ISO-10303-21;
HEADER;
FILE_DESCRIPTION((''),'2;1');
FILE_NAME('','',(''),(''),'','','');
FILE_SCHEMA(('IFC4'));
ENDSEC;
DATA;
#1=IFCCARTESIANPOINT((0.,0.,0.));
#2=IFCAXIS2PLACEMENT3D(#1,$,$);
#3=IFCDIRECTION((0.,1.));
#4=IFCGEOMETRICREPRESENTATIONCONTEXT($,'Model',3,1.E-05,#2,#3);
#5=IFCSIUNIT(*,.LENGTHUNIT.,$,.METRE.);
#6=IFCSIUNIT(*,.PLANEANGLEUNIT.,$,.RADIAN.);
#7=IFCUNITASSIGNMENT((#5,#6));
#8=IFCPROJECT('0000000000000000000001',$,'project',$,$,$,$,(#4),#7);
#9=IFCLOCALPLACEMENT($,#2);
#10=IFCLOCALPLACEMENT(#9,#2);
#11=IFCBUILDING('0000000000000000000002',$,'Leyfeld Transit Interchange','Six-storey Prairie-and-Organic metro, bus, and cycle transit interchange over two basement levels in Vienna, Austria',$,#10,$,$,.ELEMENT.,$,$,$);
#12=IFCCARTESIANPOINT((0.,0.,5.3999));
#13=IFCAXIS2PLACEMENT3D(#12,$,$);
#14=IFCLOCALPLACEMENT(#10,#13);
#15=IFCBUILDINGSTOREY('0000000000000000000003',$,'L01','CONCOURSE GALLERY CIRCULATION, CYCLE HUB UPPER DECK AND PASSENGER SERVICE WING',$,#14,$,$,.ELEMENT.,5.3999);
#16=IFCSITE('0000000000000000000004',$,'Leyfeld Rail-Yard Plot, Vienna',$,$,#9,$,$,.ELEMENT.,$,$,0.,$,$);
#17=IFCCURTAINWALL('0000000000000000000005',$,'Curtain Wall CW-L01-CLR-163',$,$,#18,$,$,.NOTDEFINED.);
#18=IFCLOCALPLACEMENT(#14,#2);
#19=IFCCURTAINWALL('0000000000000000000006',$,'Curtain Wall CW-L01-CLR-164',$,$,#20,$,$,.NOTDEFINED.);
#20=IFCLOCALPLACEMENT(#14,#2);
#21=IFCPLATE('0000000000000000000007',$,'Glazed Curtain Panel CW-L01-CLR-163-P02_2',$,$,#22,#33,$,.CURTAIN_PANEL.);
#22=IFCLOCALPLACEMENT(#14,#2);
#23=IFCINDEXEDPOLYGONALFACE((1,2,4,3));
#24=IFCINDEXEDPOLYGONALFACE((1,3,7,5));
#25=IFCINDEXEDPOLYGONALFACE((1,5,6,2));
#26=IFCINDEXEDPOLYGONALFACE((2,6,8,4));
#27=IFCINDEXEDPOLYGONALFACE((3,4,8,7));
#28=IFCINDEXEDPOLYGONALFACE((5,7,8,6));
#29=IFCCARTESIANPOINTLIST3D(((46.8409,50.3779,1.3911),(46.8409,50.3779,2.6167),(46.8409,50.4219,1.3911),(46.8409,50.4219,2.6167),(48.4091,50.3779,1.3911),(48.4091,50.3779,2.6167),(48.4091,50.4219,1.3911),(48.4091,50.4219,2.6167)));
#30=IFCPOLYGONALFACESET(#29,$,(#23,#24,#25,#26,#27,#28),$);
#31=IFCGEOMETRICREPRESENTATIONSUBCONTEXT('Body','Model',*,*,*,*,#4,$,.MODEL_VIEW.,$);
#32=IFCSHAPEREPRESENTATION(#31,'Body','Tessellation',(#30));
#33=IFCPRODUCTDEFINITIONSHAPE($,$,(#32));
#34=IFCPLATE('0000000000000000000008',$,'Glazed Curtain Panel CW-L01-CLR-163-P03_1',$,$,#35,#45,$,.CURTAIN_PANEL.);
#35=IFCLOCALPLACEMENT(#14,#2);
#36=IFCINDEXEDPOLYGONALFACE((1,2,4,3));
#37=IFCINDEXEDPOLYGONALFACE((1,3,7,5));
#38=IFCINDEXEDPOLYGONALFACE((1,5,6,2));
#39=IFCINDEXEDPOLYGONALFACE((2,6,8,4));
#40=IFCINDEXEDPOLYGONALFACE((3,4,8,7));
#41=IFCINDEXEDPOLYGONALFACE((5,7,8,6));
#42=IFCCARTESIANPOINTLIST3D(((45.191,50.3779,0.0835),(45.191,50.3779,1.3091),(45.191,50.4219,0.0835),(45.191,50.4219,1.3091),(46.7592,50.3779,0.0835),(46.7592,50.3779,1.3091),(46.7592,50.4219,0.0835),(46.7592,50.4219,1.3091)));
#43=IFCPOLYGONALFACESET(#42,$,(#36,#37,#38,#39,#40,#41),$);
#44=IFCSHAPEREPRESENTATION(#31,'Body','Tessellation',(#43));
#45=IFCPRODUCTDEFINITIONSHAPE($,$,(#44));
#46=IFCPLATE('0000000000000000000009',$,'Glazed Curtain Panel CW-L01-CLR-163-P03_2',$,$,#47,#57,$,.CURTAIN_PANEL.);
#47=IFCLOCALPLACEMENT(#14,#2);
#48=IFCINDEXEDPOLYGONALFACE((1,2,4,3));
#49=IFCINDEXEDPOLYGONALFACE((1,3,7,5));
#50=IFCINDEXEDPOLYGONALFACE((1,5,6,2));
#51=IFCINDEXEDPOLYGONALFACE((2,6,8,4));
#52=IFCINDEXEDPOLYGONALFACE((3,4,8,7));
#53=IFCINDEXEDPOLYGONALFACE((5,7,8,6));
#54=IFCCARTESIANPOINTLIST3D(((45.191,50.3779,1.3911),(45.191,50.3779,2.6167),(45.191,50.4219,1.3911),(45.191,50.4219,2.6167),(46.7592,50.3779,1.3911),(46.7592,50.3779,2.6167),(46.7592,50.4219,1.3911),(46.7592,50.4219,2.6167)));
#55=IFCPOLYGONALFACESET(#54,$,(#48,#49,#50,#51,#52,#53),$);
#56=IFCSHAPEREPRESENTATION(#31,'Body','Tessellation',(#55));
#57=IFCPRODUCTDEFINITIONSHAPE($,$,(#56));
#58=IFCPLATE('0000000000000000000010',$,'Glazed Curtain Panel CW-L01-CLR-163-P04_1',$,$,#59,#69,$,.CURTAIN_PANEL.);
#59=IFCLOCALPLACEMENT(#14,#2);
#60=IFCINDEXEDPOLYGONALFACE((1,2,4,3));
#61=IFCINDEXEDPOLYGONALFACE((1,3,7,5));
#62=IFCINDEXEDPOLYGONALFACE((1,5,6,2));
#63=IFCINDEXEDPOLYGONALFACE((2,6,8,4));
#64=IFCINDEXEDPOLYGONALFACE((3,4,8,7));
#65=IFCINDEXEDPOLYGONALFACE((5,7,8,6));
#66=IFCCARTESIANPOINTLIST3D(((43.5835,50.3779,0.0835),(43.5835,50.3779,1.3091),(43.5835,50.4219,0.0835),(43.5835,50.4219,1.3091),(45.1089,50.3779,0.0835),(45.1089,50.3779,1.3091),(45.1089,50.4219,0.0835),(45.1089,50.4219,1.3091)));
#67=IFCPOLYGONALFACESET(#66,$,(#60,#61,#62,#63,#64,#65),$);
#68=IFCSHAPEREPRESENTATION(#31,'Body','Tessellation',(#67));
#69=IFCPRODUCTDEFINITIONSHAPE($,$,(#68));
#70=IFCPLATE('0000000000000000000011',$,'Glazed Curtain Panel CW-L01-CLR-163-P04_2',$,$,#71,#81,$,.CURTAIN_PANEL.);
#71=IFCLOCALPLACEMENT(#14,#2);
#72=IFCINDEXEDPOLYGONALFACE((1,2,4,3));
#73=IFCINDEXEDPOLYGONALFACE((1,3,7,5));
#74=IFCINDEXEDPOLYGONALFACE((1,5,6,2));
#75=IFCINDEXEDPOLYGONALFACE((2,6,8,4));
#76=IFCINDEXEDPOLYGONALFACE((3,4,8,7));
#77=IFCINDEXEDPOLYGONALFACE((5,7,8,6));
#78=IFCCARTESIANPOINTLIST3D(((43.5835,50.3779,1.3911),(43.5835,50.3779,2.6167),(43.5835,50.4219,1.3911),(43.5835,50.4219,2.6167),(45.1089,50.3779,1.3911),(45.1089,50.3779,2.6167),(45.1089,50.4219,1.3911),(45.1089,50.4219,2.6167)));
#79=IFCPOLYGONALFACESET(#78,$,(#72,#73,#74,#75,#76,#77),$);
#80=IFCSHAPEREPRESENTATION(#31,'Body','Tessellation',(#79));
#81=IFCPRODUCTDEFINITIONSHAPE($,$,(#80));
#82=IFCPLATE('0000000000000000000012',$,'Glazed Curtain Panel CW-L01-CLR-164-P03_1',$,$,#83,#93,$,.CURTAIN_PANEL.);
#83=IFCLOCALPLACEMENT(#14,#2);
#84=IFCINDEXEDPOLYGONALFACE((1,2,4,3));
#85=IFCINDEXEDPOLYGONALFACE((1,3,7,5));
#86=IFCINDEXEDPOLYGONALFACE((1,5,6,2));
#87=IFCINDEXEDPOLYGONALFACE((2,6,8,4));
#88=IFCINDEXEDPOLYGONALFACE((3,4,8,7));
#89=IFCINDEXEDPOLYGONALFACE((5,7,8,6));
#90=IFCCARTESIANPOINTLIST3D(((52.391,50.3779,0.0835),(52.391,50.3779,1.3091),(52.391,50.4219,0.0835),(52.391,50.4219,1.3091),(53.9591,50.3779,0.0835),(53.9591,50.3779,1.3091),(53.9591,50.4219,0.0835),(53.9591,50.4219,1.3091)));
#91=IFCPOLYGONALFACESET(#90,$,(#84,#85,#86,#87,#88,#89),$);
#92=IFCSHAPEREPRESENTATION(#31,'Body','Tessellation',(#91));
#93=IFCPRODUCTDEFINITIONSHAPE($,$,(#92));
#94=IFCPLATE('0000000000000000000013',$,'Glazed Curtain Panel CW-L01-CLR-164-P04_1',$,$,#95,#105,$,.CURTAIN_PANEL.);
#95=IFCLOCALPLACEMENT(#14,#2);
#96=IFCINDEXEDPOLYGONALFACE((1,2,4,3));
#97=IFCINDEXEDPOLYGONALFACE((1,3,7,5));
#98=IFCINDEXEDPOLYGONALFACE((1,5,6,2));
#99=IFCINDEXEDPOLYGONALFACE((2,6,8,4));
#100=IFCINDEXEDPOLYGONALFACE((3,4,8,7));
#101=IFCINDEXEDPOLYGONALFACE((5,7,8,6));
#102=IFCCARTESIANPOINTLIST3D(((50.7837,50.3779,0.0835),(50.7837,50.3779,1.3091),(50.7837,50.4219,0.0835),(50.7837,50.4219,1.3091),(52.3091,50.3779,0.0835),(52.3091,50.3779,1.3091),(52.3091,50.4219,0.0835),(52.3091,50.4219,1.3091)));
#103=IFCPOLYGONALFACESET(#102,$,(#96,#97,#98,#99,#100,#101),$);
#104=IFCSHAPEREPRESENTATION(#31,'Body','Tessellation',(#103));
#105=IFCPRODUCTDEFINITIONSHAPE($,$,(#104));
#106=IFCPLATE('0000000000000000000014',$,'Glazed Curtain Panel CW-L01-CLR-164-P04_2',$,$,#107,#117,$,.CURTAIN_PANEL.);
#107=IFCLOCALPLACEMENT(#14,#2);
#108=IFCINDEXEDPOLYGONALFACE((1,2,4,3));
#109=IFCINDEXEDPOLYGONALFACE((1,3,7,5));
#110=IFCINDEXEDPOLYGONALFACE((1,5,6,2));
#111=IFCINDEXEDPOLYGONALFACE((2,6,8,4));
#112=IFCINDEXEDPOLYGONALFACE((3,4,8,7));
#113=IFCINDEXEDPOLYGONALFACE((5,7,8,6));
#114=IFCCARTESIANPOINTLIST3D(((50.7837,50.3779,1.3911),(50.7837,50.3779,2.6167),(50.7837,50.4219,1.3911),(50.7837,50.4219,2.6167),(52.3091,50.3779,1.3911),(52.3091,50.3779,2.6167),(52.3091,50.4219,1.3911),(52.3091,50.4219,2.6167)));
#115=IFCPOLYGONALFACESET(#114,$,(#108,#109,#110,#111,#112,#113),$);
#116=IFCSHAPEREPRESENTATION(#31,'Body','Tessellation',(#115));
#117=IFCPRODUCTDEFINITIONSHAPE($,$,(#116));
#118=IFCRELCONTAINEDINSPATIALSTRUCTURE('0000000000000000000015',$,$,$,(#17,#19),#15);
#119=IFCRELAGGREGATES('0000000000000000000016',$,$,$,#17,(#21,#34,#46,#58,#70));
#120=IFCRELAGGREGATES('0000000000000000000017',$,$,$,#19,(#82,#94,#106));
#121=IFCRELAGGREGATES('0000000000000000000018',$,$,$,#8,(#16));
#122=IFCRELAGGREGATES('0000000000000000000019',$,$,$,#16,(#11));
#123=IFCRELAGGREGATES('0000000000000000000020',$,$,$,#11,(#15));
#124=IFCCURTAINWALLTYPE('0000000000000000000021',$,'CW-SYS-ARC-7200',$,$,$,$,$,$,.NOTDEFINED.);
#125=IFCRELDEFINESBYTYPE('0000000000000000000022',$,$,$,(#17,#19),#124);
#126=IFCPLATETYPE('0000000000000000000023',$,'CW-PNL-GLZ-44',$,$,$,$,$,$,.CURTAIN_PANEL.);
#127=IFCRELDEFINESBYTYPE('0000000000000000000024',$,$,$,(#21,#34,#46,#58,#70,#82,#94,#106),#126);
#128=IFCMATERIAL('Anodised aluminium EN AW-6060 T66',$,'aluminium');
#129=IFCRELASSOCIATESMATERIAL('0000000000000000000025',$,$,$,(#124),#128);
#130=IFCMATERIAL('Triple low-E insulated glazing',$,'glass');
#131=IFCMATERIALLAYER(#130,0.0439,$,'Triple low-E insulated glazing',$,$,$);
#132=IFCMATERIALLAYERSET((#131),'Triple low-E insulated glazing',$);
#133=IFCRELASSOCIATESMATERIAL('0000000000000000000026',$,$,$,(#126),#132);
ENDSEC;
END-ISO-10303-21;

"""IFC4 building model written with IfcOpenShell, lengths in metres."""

from ifc_helpers import new_model, si_unit, direction, frame, origin, origin_2d, place, context, subcontext, project, spatial, rectangle, extrude, material, layer, layer_set, type_object, element, aggregate, save


model = new_model("IFC4")

# Units and contexts
model_context = context("Model", 3, precision=1e-05, world=origin(), true_north=direction((0.0, 1.0)))
body_context = subcontext(model_context, "Body", "Model", "MODEL_VIEW")
ifc_project = project(units=[si_unit("LENGTHUNIT", "METRE"), si_unit("PLANEANGLEUNIT", "RADIAN")], contexts=[model_context])

# Site, building, storey
site_placement = place(None, origin())
site = spatial("IfcSite", under=ifc_project, at=site_placement, Name="Leyfeld Rail-Yard Plot, Vienna", CompositionType="ELEMENT", RefElevation=0.0)
building_placement = place(site_placement, origin())
building = spatial("IfcBuilding", under=site, at=building_placement, Name="Leyfeld Transit Interchange", Description="Six-storey Prairie-and-Organic metro, bus, and cycle transit interchange over two basement levels in Vienna, Austria", CompositionType="ELEMENT")
storey_placement = place(building_placement, frame((0.0, 0.0, 5.3999)))
storey = spatial("IfcBuildingStorey", under=building, at=storey_placement, Name="L01", Description="CONCOURSE GALLERY CIRCULATION, CYCLE HUB UPPER DECK AND PASSENGER SERVICE WING", CompositionType="ELEMENT", Elevation=5.3999)

# Curtain walls
ifc_material_1 = material(Name="Anodised aluminium EN AW-6060 T66", Category="aluminium")
curtain_wall_type = type_object("IfcCurtainWallType", Name="CW-SYS-ARC-7200", PredefinedType="NOTDEFINED", material=ifc_material_1)
curtain_wall_1_placement = place(storey_placement, origin())
curtain_wall_1 = element("IfcCurtainWall", 1, at=curtain_wall_1_placement, inside=storey, type_object=curtain_wall_type, Name="Curtain Wall CW-L01-CLR-163", PredefinedType="NOTDEFINED")
curtain_wall_2_placement = place(storey_placement, origin())
curtain_wall_2 = element("IfcCurtainWall", 2, at=curtain_wall_2_placement, inside=storey, type_object=curtain_wall_type, Name="Curtain Wall CW-L01-CLR-164", PredefinedType="NOTDEFINED")

# Plates
ifc_material_2 = material(Name="Triple low-E insulated glazing", Category="glass")
ifc_layer = layer(ifc_material_2, 0.0439, Name="Triple low-E insulated glazing")
ifc_layer_set = layer_set([ifc_layer], Name="Triple low-E insulated glazing")
plate_type = type_object("IfcPlateType", Name="CW-PNL-GLZ-44", PredefinedType="CURTAIN_PANEL", material=ifc_layer_set)
plate_1_placement = place(storey_placement, frame((47.625, 50.3999, 1.3911), z_axis=(0.0, 0.0, 1.0), x_axis=(-1.0, 0.0, 0.0)))
plate_1 = element("IfcPlate", 3, at=plate_1_placement, type_object=plate_type, Name="Glazed Curtain Panel CW-L01-CLR-163-P02_2", PredefinedType="CURTAIN_PANEL", context=body_context, shape_type="SweptSolid", body=[
    extrude(rectangle(XDim=1.5681, YDim=0.0439, at=origin_2d()), origin(), (0.0, 0.0, 1.0), 1.2256),
])
plate_2_placement = place(storey_placement, frame((45.9751, 50.3999, 0.0835), z_axis=(0.0, 0.0, 1.0), x_axis=(-1.0, 0.0, 0.0)))
plate_2 = element("IfcPlate", 4, at=plate_2_placement, type_object=plate_type, Name="Glazed Curtain Panel CW-L01-CLR-163-P03_1", PredefinedType="CURTAIN_PANEL", context=body_context, shape_type="SweptSolid", body=[
    extrude(rectangle(XDim=1.5681, YDim=0.0439, at=origin_2d()), origin(), (0.0, 0.0, 1.0), 1.2256),
])
plate_3_placement = place(storey_placement, frame((45.9751, 50.3999, 1.3911), z_axis=(0.0, 0.0, 1.0), x_axis=(-1.0, 0.0, 0.0)))
plate_3 = element("IfcPlate", 5, at=plate_3_placement, type_object=plate_type, Name="Glazed Curtain Panel CW-L01-CLR-163-P03_2", PredefinedType="CURTAIN_PANEL", context=body_context, shape_type="SweptSolid", body=[
    extrude(rectangle(XDim=1.5681, YDim=0.0439, at=origin_2d()), origin(), (0.0, 0.0, 1.0), 1.2256),
])
plate_4_placement = place(storey_placement, frame((44.3462, 50.3999, 0.0835), z_axis=(0.0, 0.0, 1.0), x_axis=(-1.0, 0.0, 0.0)))
plate_4 = element("IfcPlate", 6, at=plate_4_placement, type_object=plate_type, Name="Glazed Curtain Panel CW-L01-CLR-163-P04_1", PredefinedType="CURTAIN_PANEL", context=body_context, shape_type="SweptSolid", body=[
    extrude(rectangle(XDim=1.5254, YDim=0.0439, at=origin_2d()), origin(), (0.0, 0.0, 1.0), 1.2256),
])
plate_5_placement = place(storey_placement, frame((44.3462, 50.3999, 1.3911), z_axis=(0.0, 0.0, 1.0), x_axis=(-1.0, 0.0, 0.0)))
plate_5 = element("IfcPlate", 7, at=plate_5_placement, type_object=plate_type, Name="Glazed Curtain Panel CW-L01-CLR-163-P04_2", PredefinedType="CURTAIN_PANEL", context=body_context, shape_type="SweptSolid", body=[
    extrude(rectangle(XDim=1.5254, YDim=0.0439, at=origin_2d()), origin(), (0.0, 0.0, 1.0), 1.2256),
])
aggregate(curtain_wall_1, [plate_1, plate_2, plate_3, plate_4, plate_5])
plate_6_placement = place(storey_placement, frame((53.175, 50.3999, 0.0835), z_axis=(0.0, 0.0, 1.0), x_axis=(-1.0, 0.0, 0.0)))
plate_6 = element("IfcPlate", 8, at=plate_6_placement, type_object=plate_type, Name="Glazed Curtain Panel CW-L01-CLR-164-P03_1", PredefinedType="CURTAIN_PANEL", context=body_context, shape_type="SweptSolid", body=[
    extrude(rectangle(XDim=1.5681, YDim=0.0439, at=origin_2d()), origin(), (0.0, 0.0, 1.0), 1.2256),
])
plate_7_placement = place(storey_placement, frame((51.5464, 50.3999, 0.0835), z_axis=(0.0, 0.0, 1.0), x_axis=(-1.0, 0.0, 0.0)))
plate_7 = element("IfcPlate", 9, at=plate_7_placement, type_object=plate_type, Name="Glazed Curtain Panel CW-L01-CLR-164-P04_1", PredefinedType="CURTAIN_PANEL", context=body_context, shape_type="SweptSolid", body=[
    extrude(rectangle(XDim=1.5254, YDim=0.0439, at=origin_2d()), origin(), (0.0, 0.0, 1.0), 1.2256),
])
plate_8_placement = place(storey_placement, frame((51.5464, 50.3999, 1.3911), z_axis=(0.0, 0.0, 1.0), x_axis=(-1.0, 0.0, 0.0)))
plate_8 = element("IfcPlate", 10, at=plate_8_placement, type_object=plate_type, Name="Glazed Curtain Panel CW-L01-CLR-164-P04_2", PredefinedType="CURTAIN_PANEL", context=body_context, shape_type="SweptSolid", body=[
    extrude(rectangle(XDim=1.5254, YDim=0.0439, at=origin_2d()), origin(), (0.0, 0.0, 1.0), 1.2256),
])
aggregate(curtain_wall_2, [plate_6, plate_7, plate_8])

save(model, "model.ifc")
